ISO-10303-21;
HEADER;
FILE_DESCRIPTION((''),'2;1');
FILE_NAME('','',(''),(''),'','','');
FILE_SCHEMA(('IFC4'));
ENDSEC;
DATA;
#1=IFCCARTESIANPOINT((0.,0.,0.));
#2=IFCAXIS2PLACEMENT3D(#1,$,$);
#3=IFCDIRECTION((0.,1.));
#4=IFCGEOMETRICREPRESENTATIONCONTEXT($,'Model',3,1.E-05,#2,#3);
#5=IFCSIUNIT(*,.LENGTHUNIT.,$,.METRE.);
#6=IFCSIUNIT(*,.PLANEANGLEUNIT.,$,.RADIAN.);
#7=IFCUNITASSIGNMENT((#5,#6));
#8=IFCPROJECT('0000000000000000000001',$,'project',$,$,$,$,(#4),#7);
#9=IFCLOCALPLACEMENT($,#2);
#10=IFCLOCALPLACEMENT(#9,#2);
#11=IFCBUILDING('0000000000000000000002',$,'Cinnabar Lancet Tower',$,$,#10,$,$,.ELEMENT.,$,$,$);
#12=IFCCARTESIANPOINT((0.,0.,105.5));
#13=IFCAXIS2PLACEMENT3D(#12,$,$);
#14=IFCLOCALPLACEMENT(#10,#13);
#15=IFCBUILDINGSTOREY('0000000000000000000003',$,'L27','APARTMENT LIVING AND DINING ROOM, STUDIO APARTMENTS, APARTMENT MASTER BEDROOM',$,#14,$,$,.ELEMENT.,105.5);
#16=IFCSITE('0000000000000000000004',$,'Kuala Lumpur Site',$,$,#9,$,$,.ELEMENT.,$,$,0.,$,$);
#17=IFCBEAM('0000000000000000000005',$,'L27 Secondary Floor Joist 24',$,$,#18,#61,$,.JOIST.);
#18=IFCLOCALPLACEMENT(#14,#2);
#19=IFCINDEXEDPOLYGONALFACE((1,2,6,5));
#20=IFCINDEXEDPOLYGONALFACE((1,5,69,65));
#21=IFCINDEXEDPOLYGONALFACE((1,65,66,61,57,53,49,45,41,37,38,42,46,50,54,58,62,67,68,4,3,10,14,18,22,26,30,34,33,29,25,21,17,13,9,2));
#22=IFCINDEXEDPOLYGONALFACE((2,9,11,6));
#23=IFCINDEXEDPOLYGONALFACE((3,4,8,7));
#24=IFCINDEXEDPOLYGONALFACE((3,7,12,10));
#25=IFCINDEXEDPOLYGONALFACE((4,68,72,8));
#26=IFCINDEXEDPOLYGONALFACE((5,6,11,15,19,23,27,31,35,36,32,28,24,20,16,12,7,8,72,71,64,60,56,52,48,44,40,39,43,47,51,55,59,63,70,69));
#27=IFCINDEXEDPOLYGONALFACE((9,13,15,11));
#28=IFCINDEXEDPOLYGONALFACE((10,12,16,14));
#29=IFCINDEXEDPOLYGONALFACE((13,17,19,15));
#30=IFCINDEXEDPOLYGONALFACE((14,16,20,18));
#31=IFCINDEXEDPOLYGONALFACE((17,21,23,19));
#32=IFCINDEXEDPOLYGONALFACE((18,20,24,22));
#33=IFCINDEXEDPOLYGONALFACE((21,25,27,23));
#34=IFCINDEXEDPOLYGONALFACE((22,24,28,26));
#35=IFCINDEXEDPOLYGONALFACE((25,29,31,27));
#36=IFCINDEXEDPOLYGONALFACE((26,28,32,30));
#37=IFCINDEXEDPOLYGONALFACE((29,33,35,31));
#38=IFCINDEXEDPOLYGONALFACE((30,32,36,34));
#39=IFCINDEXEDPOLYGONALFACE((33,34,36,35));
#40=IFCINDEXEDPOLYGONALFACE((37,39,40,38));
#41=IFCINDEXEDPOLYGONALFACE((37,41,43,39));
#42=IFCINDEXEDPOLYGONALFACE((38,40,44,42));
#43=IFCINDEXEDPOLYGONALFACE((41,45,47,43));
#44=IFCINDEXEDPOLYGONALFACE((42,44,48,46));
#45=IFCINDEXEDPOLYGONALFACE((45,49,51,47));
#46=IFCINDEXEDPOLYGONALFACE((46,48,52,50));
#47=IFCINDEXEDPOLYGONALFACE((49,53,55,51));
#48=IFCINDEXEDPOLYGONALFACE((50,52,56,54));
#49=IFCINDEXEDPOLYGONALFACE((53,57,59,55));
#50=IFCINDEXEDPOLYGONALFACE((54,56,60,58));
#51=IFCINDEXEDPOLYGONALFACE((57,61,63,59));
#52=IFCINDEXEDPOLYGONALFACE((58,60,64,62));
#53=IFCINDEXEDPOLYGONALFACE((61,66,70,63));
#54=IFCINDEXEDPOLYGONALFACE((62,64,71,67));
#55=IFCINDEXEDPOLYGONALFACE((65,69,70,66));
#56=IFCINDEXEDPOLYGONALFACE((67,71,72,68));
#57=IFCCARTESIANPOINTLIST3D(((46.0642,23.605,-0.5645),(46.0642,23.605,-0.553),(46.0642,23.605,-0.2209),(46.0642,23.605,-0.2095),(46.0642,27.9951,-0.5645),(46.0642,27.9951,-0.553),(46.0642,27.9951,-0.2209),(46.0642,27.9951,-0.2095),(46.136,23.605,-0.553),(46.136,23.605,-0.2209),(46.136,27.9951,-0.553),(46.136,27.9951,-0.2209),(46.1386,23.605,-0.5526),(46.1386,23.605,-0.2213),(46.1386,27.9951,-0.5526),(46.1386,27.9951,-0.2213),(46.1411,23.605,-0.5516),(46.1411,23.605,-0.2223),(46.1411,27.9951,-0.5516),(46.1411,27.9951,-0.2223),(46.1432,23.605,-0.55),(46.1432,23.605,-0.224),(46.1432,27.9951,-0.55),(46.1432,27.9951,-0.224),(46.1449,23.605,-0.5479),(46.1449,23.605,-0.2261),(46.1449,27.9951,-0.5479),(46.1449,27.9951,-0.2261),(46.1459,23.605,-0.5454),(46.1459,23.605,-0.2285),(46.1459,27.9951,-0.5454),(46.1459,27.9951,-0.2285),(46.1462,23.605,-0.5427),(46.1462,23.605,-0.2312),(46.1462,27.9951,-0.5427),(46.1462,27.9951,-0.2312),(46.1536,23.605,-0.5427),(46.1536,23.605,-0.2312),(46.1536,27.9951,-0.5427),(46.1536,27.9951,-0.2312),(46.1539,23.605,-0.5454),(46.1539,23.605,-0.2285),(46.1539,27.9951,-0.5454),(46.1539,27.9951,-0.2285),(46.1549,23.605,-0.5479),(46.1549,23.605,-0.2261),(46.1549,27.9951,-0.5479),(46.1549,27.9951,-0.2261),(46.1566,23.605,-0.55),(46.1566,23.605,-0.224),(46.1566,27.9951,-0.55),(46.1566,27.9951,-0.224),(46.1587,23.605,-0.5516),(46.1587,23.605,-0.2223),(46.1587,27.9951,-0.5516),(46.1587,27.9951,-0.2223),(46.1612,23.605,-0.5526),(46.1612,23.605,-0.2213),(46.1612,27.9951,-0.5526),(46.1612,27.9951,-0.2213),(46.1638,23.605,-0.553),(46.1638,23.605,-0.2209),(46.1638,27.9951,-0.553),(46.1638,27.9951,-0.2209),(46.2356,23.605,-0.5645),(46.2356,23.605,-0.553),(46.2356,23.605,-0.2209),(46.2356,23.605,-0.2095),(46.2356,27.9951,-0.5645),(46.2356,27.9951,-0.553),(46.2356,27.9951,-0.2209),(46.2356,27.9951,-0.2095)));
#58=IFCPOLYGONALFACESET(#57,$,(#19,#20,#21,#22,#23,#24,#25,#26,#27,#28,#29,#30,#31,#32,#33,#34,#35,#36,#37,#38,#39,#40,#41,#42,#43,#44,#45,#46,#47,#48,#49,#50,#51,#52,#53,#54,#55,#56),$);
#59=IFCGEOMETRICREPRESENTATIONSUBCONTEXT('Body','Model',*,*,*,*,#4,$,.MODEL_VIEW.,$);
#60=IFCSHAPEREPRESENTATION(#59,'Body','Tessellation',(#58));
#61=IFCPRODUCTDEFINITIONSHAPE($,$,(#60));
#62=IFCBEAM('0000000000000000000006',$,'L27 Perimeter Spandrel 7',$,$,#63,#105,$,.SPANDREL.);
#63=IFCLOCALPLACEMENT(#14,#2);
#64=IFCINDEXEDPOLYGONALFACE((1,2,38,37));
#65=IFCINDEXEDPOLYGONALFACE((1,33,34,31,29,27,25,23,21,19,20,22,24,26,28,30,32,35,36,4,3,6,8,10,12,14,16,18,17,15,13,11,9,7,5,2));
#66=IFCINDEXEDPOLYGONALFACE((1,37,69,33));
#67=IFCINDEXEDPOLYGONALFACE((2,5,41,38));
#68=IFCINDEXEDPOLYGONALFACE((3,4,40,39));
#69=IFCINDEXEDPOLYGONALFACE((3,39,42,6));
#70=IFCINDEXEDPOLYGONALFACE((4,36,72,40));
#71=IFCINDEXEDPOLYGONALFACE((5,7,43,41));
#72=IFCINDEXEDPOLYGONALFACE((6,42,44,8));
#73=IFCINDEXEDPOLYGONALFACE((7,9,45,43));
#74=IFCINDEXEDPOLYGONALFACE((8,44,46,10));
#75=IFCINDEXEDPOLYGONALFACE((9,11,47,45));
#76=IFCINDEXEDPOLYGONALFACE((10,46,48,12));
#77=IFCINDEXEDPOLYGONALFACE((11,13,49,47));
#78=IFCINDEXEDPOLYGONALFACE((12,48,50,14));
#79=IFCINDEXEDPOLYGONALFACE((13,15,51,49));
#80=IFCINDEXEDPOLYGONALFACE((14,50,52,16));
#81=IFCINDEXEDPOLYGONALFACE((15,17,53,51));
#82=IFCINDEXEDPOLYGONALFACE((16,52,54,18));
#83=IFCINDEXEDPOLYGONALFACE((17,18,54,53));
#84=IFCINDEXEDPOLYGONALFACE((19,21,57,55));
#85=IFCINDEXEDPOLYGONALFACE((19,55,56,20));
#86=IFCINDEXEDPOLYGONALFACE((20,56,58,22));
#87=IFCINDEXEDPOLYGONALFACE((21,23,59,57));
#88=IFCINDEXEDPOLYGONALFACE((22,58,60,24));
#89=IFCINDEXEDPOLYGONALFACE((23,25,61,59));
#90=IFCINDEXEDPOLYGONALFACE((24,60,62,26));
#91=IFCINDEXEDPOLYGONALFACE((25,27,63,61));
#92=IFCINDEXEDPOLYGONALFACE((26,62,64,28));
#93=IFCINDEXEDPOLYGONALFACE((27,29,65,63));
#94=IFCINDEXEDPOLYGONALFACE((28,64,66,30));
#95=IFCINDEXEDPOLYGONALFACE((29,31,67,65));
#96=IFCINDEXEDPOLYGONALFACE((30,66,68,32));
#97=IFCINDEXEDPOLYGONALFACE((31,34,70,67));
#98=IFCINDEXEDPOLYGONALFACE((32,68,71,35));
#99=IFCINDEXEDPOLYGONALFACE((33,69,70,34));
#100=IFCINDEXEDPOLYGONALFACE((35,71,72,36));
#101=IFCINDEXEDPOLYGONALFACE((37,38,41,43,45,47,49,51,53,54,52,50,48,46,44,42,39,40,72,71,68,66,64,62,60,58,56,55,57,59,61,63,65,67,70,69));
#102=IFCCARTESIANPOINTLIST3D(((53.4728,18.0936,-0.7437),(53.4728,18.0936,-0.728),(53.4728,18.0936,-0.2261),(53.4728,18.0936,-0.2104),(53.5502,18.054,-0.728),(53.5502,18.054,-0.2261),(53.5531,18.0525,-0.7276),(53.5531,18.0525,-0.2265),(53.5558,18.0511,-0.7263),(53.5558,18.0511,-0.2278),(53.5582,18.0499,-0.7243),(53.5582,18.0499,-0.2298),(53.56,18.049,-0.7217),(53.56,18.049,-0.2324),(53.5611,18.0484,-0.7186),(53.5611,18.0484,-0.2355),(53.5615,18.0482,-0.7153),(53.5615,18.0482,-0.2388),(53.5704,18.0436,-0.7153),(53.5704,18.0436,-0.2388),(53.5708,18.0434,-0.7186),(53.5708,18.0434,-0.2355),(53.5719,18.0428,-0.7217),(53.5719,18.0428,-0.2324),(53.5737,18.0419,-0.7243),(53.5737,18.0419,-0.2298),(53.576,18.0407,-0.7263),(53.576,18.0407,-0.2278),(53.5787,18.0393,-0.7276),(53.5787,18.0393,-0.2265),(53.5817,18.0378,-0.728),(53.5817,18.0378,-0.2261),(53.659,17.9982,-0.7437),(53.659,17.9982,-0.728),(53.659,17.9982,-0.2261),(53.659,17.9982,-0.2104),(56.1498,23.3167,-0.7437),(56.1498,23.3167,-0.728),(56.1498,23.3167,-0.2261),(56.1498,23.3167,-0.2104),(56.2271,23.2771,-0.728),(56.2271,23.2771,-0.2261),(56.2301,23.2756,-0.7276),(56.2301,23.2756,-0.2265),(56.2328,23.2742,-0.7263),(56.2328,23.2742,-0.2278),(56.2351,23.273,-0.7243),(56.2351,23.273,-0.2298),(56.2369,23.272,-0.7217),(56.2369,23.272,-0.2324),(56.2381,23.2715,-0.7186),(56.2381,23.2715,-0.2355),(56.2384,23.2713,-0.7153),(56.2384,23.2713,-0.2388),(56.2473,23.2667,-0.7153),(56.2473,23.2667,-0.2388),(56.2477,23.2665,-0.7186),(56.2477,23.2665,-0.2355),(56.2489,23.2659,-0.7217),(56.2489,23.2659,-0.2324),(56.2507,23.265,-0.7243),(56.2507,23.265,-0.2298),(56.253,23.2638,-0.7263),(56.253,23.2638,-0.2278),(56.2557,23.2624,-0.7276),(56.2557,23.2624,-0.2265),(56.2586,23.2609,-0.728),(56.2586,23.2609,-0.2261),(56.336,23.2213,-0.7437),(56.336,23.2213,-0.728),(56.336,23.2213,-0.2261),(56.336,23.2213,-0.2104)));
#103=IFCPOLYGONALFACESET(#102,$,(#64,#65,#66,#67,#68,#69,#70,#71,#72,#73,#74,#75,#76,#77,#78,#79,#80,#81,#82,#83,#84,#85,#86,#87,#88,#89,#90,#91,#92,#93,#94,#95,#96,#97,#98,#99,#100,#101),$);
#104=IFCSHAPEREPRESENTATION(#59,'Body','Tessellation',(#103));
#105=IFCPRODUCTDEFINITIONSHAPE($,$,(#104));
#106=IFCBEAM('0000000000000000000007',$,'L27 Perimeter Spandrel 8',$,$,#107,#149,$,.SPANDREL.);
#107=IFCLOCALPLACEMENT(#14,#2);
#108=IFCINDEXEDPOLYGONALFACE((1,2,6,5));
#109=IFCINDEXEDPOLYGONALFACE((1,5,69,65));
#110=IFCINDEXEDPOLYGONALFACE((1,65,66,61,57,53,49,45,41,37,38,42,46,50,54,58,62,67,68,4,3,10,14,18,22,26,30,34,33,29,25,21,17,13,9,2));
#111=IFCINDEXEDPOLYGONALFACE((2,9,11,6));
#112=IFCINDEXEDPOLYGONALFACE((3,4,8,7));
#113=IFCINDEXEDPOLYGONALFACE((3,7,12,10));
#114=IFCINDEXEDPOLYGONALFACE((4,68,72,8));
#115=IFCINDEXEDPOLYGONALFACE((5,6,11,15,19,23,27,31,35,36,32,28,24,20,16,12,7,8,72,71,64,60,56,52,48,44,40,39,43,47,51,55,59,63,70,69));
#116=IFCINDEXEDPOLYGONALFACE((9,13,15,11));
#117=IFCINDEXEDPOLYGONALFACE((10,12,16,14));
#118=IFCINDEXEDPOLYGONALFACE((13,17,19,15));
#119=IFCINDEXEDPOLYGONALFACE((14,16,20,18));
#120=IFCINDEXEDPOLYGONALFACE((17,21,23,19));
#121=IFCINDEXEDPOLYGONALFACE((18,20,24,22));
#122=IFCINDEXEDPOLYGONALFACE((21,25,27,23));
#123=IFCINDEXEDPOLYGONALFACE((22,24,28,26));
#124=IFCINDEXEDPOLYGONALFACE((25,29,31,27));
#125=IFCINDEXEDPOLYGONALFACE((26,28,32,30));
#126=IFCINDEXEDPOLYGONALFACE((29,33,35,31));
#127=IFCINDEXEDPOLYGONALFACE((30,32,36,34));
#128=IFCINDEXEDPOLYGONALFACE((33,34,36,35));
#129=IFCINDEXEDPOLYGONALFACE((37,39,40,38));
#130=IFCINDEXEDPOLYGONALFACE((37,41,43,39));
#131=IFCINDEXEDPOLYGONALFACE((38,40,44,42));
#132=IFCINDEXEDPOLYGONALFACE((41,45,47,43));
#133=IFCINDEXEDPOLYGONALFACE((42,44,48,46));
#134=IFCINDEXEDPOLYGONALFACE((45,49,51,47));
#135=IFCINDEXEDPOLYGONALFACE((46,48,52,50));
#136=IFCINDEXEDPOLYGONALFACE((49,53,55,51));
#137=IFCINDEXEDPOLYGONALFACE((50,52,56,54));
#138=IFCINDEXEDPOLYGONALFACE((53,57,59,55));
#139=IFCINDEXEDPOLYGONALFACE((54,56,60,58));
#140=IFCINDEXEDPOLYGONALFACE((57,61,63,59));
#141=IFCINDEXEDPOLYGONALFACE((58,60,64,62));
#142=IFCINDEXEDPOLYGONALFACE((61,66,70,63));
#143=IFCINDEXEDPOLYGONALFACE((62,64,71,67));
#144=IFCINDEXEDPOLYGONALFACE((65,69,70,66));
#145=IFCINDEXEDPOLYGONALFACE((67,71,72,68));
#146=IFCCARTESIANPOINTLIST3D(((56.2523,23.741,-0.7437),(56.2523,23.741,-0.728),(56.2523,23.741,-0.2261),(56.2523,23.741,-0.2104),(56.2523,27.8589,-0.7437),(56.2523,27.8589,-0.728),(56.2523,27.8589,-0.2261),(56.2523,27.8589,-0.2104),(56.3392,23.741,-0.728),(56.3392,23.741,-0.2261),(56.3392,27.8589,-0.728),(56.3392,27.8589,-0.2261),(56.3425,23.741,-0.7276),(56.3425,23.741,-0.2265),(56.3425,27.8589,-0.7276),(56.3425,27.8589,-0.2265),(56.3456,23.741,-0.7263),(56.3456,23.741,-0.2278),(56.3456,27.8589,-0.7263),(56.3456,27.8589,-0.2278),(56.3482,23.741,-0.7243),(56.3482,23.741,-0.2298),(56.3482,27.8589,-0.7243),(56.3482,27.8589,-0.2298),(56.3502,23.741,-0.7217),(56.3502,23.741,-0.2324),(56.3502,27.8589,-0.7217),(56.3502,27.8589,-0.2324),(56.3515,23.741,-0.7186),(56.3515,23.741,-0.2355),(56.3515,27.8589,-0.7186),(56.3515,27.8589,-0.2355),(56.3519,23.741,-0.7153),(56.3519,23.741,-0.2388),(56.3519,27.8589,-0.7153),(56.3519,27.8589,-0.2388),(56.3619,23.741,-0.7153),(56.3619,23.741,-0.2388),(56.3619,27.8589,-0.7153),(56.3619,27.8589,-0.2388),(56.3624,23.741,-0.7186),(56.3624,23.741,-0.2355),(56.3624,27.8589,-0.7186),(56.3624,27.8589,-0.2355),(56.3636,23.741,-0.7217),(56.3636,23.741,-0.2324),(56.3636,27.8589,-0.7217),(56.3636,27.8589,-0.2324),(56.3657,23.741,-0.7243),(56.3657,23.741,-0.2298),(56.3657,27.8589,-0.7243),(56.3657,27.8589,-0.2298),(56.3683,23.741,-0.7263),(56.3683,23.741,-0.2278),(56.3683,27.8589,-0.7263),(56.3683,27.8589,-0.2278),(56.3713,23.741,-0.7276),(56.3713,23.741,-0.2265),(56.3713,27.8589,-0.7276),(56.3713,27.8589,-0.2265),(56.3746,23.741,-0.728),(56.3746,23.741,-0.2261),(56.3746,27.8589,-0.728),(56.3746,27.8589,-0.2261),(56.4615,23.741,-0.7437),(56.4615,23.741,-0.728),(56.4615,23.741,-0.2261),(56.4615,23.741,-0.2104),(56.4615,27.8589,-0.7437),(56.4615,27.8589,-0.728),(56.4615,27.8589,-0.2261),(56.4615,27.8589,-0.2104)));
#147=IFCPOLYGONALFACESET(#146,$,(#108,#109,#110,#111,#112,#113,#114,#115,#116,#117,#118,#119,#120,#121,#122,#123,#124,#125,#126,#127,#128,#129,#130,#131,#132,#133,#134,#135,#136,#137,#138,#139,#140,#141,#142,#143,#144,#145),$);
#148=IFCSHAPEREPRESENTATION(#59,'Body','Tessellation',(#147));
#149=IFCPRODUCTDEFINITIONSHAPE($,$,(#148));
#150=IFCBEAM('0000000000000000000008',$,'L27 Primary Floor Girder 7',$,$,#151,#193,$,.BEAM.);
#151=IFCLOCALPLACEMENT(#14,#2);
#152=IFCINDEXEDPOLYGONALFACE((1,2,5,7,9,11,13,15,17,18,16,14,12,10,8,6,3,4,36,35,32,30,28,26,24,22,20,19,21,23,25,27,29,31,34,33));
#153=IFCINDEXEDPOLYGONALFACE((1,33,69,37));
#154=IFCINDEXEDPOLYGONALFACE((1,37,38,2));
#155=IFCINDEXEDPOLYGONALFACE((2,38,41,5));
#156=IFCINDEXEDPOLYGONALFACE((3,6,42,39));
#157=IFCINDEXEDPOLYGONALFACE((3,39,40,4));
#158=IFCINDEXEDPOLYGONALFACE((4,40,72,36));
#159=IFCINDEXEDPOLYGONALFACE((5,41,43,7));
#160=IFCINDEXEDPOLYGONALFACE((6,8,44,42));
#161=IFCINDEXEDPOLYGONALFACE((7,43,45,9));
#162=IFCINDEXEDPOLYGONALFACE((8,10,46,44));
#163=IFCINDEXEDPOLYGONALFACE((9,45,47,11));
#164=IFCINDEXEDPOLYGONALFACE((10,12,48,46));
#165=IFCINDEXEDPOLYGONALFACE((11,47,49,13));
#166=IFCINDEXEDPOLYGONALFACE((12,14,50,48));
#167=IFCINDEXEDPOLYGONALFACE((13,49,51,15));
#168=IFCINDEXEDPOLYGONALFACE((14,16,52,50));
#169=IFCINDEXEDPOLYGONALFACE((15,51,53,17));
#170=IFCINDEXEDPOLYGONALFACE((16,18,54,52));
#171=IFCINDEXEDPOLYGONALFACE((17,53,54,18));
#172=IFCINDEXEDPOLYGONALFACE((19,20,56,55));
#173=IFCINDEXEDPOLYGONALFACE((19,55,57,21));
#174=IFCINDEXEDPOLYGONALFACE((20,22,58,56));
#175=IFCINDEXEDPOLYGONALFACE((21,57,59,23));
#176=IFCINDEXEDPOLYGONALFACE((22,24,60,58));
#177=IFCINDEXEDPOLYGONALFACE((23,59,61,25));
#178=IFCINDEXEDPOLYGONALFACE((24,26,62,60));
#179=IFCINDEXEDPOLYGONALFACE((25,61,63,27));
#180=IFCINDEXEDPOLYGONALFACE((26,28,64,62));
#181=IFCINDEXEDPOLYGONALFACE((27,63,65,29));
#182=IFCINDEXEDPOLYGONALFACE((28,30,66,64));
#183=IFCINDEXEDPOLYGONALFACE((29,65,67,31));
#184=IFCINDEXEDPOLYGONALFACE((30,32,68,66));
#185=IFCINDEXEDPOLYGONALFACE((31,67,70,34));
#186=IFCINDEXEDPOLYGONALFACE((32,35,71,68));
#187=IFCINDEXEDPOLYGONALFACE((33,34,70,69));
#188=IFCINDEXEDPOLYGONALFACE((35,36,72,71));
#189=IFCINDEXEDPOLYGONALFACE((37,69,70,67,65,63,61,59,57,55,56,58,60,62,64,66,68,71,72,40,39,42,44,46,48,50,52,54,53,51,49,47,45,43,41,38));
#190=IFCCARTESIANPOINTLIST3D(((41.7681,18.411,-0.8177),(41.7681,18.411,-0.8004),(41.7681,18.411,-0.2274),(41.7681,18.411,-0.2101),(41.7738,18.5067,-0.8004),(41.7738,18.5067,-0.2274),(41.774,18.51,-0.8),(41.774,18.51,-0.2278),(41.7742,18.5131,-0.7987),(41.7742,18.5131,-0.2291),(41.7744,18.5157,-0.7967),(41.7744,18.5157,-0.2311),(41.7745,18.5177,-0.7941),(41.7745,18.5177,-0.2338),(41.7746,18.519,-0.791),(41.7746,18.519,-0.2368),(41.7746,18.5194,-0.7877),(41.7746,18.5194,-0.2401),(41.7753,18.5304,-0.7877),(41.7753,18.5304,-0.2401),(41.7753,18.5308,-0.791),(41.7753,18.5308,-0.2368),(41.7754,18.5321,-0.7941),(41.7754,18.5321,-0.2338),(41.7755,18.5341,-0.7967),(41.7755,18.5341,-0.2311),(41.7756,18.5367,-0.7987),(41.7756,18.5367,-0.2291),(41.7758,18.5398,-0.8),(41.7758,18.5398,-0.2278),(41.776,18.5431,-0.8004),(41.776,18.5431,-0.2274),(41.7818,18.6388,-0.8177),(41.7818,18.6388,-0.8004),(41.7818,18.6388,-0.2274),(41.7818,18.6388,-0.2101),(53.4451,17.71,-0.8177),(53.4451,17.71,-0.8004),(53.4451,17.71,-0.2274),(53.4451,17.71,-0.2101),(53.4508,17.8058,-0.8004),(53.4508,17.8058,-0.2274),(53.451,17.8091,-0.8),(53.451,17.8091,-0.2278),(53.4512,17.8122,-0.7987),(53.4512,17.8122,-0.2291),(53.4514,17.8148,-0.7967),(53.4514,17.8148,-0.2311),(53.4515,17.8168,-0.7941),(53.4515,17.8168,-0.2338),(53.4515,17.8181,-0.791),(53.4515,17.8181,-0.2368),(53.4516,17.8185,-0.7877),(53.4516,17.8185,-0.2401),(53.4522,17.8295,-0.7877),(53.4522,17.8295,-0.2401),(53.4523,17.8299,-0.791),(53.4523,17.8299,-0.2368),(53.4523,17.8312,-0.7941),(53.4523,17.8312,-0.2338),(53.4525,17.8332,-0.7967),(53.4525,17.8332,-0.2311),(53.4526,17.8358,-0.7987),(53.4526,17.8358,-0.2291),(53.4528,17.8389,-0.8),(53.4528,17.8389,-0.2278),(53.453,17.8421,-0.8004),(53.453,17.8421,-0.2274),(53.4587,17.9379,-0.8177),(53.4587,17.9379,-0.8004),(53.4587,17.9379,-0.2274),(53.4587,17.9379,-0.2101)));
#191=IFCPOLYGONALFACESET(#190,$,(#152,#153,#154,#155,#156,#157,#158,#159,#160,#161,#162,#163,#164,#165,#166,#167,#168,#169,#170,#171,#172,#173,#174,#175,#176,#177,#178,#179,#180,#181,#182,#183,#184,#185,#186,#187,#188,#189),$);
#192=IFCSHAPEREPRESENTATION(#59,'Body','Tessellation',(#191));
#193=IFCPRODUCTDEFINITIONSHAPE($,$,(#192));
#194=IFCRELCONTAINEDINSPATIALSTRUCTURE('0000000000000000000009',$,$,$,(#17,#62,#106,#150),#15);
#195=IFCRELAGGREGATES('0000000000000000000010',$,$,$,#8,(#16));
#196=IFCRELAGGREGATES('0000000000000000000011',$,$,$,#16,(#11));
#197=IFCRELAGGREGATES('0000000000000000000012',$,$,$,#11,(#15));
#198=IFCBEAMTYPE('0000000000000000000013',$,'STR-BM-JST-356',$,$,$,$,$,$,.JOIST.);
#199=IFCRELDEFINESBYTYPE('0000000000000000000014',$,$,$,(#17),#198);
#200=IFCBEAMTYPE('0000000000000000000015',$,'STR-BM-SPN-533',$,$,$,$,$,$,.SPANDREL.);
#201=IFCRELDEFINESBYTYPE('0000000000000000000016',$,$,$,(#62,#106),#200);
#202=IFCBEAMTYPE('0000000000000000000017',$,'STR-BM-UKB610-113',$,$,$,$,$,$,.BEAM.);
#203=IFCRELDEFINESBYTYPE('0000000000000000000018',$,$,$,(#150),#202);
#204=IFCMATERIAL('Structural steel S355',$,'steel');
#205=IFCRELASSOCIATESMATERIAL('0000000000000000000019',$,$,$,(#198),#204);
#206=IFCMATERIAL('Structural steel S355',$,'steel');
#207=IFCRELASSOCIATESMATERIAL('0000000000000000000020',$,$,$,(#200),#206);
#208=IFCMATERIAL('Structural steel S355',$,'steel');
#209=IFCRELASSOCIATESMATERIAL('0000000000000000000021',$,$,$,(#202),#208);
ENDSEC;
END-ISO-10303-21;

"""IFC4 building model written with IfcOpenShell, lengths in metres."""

from ifc_helpers import new_model, si_unit, direction, frame, origin, origin_2d, place, context, subcontext, project, spatial, i_section, extrude, material, material_profile, profile_set, type_object, element, save


model = new_model("IFC4")

# Units and contexts
model_context = context("Model", 3, precision=1e-05, world=origin(), true_north=direction((0.0, 1.0)))
body_context = subcontext(model_context, "Body", "Model", "MODEL_VIEW")
ifc_project = project(units=[si_unit("LENGTHUNIT", "METRE"), si_unit("PLANEANGLEUNIT", "RADIAN")], contexts=[model_context])

# Site, building, storey
site_placement = place(None, origin())
site = spatial("IfcSite", under=ifc_project, at=site_placement, Name="Kuala Lumpur Site", CompositionType="ELEMENT", RefElevation=0.0)
building_placement = place(site_placement, origin())
building = spatial("IfcBuilding", under=site, at=building_placement, Name="Cinnabar Lancet Tower", CompositionType="ELEMENT")
storey_placement = place(building_placement, frame((0.0, 0.0, 105.5)))
storey = spatial("IfcBuildingStorey", under=building, at=storey_placement, Name="L27", Description="APARTMENT LIVING AND DINING ROOM, STUDIO APARTMENTS, APARTMENT MASTER BEDROOM", CompositionType="ELEMENT", Elevation=105.5)

# Beams
ifc_material_1 = material(Name="Structural steel S355", Category="steel")
ifc_material_profile_1 = material_profile(ifc_material_1, i_section(OverallWidth=0.1714, OverallDepth=0.355, WebThickness=0.0073, FlangeThickness=0.0115, FilletRadius=0.0103, at=origin_2d()), Name="UKB 356x171x51")
ifc_profile_set_1 = profile_set([ifc_material_profile_1], Name="Structural steel S355")
beam_type_1 = type_object("IfcBeamType", Name="STR-BM-JST-356", PredefinedType="JOIST", material=ifc_profile_set_1)
for number, where, z_axis, x_axis, name in (
    (1, (46.1499, 23.605, -0.387), (0.0, 1.0, 0.0), (-1.0, 0.0, 0.0), "L27 Secondary Floor Joist 24"),
):
    element("IfcBeam", number, at=place(storey_placement, frame(where, z_axis=z_axis, x_axis=x_axis)), inside=storey, type_object=beam_type_1, Name=name, PredefinedType="JOIST", context=body_context, shape_type="SweptSolid", body=[
        extrude(i_section(OverallWidth=0.1714, OverallDepth=0.355, WebThickness=0.0073, FlangeThickness=0.0115, FilletRadius=0.0103, at=origin_2d()), origin(), (0.0, 0.0, 1.0), 4.3901),
    ])
ifc_material_2 = material(Name="Structural steel S355", Category="steel")
ifc_material_profile_2 = material_profile(ifc_material_2, i_section(OverallWidth=0.2092, OverallDepth=0.5332, WebThickness=0.01, FlangeThickness=0.0156, FilletRadius=0.0127, at=origin_2d()), Name="UKB 533x210x92")
ifc_profile_set_2 = profile_set([ifc_material_profile_2], Name="Structural steel S355")
beam_type_2 = type_object("IfcBeamType", Name="STR-BM-SPN-533", PredefinedType="SPANDREL", material=ifc_profile_set_2)
beam_1_placement = place(storey_placement, frame((53.5659, 18.0459, -0.4771), z_axis=(0.45611, 0.889924, 0.0), x_axis=(-0.889924, 0.45611, 0.0)))
element("IfcBeam", 2, at=beam_1_placement, inside=storey, type_object=beam_type_2, Name="L27 Perimeter Spandrel 7", PredefinedType="SPANDREL", context=body_context, shape_type="SweptSolid", body=[
    extrude(i_section(OverallWidth=0.2092, OverallDepth=0.5332, WebThickness=0.01, FlangeThickness=0.0156, FilletRadius=0.0127, at=origin_2d()), origin(), (0.0, 0.0, 1.0), 5.8691),
])
beam_2_placement = place(storey_placement, frame((56.3569, 23.741, -0.4771), z_axis=(0.0, 1.0, 0.0), x_axis=(-1.0, 0.0, 0.0)))
element("IfcBeam", 3, at=beam_2_placement, inside=storey, type_object=beam_type_2, Name="L27 Perimeter Spandrel 8", PredefinedType="SPANDREL", context=body_context, shape_type="SweptSolid", body=[
    extrude(i_section(OverallWidth=0.2092, OverallDepth=0.5332, WebThickness=0.01, FlangeThickness=0.0156, FilletRadius=0.0127, at=origin_2d()), origin(), (0.0, 0.0, 1.0), 4.1179),
])
ifc_material_3 = material(Name="Structural steel S355", Category="steel")
ifc_material_profile_3 = material_profile(ifc_material_3, i_section(OverallWidth=0.2283, OverallDepth=0.6077, WebThickness=0.011, FlangeThickness=0.0173, FilletRadius=0.0127, at=origin_2d()), Name="UKB 610x229x113")
ifc_profile_set_3 = profile_set([ifc_material_profile_3], Name="Structural steel S355")
beam_type_3 = type_object("IfcBeamType", Name="STR-BM-UKB610-113", PredefinedType="BEAM", material=ifc_profile_set_3)
beam_3_placement = place(storey_placement, frame((53.4519, 17.824, -0.5139), z_axis=(-0.998203, 0.059918, 0.0), x_axis=(-0.059918, -0.998203, 0.0)))
element("IfcBeam", 4, at=beam_3_placement, inside=storey, type_object=beam_type_3, Name="L27 Primary Floor Girder 7", PredefinedType="BEAM", context=body_context, shape_type="SweptSolid", body=[
    extrude(i_section(OverallWidth=0.2283, OverallDepth=0.6077, WebThickness=0.011, FlangeThickness=0.0173, FilletRadius=0.0127, at=origin_2d()), origin(), (0.0, 0.0, 1.0), 11.698),
])

save(model, "model.ifc")
